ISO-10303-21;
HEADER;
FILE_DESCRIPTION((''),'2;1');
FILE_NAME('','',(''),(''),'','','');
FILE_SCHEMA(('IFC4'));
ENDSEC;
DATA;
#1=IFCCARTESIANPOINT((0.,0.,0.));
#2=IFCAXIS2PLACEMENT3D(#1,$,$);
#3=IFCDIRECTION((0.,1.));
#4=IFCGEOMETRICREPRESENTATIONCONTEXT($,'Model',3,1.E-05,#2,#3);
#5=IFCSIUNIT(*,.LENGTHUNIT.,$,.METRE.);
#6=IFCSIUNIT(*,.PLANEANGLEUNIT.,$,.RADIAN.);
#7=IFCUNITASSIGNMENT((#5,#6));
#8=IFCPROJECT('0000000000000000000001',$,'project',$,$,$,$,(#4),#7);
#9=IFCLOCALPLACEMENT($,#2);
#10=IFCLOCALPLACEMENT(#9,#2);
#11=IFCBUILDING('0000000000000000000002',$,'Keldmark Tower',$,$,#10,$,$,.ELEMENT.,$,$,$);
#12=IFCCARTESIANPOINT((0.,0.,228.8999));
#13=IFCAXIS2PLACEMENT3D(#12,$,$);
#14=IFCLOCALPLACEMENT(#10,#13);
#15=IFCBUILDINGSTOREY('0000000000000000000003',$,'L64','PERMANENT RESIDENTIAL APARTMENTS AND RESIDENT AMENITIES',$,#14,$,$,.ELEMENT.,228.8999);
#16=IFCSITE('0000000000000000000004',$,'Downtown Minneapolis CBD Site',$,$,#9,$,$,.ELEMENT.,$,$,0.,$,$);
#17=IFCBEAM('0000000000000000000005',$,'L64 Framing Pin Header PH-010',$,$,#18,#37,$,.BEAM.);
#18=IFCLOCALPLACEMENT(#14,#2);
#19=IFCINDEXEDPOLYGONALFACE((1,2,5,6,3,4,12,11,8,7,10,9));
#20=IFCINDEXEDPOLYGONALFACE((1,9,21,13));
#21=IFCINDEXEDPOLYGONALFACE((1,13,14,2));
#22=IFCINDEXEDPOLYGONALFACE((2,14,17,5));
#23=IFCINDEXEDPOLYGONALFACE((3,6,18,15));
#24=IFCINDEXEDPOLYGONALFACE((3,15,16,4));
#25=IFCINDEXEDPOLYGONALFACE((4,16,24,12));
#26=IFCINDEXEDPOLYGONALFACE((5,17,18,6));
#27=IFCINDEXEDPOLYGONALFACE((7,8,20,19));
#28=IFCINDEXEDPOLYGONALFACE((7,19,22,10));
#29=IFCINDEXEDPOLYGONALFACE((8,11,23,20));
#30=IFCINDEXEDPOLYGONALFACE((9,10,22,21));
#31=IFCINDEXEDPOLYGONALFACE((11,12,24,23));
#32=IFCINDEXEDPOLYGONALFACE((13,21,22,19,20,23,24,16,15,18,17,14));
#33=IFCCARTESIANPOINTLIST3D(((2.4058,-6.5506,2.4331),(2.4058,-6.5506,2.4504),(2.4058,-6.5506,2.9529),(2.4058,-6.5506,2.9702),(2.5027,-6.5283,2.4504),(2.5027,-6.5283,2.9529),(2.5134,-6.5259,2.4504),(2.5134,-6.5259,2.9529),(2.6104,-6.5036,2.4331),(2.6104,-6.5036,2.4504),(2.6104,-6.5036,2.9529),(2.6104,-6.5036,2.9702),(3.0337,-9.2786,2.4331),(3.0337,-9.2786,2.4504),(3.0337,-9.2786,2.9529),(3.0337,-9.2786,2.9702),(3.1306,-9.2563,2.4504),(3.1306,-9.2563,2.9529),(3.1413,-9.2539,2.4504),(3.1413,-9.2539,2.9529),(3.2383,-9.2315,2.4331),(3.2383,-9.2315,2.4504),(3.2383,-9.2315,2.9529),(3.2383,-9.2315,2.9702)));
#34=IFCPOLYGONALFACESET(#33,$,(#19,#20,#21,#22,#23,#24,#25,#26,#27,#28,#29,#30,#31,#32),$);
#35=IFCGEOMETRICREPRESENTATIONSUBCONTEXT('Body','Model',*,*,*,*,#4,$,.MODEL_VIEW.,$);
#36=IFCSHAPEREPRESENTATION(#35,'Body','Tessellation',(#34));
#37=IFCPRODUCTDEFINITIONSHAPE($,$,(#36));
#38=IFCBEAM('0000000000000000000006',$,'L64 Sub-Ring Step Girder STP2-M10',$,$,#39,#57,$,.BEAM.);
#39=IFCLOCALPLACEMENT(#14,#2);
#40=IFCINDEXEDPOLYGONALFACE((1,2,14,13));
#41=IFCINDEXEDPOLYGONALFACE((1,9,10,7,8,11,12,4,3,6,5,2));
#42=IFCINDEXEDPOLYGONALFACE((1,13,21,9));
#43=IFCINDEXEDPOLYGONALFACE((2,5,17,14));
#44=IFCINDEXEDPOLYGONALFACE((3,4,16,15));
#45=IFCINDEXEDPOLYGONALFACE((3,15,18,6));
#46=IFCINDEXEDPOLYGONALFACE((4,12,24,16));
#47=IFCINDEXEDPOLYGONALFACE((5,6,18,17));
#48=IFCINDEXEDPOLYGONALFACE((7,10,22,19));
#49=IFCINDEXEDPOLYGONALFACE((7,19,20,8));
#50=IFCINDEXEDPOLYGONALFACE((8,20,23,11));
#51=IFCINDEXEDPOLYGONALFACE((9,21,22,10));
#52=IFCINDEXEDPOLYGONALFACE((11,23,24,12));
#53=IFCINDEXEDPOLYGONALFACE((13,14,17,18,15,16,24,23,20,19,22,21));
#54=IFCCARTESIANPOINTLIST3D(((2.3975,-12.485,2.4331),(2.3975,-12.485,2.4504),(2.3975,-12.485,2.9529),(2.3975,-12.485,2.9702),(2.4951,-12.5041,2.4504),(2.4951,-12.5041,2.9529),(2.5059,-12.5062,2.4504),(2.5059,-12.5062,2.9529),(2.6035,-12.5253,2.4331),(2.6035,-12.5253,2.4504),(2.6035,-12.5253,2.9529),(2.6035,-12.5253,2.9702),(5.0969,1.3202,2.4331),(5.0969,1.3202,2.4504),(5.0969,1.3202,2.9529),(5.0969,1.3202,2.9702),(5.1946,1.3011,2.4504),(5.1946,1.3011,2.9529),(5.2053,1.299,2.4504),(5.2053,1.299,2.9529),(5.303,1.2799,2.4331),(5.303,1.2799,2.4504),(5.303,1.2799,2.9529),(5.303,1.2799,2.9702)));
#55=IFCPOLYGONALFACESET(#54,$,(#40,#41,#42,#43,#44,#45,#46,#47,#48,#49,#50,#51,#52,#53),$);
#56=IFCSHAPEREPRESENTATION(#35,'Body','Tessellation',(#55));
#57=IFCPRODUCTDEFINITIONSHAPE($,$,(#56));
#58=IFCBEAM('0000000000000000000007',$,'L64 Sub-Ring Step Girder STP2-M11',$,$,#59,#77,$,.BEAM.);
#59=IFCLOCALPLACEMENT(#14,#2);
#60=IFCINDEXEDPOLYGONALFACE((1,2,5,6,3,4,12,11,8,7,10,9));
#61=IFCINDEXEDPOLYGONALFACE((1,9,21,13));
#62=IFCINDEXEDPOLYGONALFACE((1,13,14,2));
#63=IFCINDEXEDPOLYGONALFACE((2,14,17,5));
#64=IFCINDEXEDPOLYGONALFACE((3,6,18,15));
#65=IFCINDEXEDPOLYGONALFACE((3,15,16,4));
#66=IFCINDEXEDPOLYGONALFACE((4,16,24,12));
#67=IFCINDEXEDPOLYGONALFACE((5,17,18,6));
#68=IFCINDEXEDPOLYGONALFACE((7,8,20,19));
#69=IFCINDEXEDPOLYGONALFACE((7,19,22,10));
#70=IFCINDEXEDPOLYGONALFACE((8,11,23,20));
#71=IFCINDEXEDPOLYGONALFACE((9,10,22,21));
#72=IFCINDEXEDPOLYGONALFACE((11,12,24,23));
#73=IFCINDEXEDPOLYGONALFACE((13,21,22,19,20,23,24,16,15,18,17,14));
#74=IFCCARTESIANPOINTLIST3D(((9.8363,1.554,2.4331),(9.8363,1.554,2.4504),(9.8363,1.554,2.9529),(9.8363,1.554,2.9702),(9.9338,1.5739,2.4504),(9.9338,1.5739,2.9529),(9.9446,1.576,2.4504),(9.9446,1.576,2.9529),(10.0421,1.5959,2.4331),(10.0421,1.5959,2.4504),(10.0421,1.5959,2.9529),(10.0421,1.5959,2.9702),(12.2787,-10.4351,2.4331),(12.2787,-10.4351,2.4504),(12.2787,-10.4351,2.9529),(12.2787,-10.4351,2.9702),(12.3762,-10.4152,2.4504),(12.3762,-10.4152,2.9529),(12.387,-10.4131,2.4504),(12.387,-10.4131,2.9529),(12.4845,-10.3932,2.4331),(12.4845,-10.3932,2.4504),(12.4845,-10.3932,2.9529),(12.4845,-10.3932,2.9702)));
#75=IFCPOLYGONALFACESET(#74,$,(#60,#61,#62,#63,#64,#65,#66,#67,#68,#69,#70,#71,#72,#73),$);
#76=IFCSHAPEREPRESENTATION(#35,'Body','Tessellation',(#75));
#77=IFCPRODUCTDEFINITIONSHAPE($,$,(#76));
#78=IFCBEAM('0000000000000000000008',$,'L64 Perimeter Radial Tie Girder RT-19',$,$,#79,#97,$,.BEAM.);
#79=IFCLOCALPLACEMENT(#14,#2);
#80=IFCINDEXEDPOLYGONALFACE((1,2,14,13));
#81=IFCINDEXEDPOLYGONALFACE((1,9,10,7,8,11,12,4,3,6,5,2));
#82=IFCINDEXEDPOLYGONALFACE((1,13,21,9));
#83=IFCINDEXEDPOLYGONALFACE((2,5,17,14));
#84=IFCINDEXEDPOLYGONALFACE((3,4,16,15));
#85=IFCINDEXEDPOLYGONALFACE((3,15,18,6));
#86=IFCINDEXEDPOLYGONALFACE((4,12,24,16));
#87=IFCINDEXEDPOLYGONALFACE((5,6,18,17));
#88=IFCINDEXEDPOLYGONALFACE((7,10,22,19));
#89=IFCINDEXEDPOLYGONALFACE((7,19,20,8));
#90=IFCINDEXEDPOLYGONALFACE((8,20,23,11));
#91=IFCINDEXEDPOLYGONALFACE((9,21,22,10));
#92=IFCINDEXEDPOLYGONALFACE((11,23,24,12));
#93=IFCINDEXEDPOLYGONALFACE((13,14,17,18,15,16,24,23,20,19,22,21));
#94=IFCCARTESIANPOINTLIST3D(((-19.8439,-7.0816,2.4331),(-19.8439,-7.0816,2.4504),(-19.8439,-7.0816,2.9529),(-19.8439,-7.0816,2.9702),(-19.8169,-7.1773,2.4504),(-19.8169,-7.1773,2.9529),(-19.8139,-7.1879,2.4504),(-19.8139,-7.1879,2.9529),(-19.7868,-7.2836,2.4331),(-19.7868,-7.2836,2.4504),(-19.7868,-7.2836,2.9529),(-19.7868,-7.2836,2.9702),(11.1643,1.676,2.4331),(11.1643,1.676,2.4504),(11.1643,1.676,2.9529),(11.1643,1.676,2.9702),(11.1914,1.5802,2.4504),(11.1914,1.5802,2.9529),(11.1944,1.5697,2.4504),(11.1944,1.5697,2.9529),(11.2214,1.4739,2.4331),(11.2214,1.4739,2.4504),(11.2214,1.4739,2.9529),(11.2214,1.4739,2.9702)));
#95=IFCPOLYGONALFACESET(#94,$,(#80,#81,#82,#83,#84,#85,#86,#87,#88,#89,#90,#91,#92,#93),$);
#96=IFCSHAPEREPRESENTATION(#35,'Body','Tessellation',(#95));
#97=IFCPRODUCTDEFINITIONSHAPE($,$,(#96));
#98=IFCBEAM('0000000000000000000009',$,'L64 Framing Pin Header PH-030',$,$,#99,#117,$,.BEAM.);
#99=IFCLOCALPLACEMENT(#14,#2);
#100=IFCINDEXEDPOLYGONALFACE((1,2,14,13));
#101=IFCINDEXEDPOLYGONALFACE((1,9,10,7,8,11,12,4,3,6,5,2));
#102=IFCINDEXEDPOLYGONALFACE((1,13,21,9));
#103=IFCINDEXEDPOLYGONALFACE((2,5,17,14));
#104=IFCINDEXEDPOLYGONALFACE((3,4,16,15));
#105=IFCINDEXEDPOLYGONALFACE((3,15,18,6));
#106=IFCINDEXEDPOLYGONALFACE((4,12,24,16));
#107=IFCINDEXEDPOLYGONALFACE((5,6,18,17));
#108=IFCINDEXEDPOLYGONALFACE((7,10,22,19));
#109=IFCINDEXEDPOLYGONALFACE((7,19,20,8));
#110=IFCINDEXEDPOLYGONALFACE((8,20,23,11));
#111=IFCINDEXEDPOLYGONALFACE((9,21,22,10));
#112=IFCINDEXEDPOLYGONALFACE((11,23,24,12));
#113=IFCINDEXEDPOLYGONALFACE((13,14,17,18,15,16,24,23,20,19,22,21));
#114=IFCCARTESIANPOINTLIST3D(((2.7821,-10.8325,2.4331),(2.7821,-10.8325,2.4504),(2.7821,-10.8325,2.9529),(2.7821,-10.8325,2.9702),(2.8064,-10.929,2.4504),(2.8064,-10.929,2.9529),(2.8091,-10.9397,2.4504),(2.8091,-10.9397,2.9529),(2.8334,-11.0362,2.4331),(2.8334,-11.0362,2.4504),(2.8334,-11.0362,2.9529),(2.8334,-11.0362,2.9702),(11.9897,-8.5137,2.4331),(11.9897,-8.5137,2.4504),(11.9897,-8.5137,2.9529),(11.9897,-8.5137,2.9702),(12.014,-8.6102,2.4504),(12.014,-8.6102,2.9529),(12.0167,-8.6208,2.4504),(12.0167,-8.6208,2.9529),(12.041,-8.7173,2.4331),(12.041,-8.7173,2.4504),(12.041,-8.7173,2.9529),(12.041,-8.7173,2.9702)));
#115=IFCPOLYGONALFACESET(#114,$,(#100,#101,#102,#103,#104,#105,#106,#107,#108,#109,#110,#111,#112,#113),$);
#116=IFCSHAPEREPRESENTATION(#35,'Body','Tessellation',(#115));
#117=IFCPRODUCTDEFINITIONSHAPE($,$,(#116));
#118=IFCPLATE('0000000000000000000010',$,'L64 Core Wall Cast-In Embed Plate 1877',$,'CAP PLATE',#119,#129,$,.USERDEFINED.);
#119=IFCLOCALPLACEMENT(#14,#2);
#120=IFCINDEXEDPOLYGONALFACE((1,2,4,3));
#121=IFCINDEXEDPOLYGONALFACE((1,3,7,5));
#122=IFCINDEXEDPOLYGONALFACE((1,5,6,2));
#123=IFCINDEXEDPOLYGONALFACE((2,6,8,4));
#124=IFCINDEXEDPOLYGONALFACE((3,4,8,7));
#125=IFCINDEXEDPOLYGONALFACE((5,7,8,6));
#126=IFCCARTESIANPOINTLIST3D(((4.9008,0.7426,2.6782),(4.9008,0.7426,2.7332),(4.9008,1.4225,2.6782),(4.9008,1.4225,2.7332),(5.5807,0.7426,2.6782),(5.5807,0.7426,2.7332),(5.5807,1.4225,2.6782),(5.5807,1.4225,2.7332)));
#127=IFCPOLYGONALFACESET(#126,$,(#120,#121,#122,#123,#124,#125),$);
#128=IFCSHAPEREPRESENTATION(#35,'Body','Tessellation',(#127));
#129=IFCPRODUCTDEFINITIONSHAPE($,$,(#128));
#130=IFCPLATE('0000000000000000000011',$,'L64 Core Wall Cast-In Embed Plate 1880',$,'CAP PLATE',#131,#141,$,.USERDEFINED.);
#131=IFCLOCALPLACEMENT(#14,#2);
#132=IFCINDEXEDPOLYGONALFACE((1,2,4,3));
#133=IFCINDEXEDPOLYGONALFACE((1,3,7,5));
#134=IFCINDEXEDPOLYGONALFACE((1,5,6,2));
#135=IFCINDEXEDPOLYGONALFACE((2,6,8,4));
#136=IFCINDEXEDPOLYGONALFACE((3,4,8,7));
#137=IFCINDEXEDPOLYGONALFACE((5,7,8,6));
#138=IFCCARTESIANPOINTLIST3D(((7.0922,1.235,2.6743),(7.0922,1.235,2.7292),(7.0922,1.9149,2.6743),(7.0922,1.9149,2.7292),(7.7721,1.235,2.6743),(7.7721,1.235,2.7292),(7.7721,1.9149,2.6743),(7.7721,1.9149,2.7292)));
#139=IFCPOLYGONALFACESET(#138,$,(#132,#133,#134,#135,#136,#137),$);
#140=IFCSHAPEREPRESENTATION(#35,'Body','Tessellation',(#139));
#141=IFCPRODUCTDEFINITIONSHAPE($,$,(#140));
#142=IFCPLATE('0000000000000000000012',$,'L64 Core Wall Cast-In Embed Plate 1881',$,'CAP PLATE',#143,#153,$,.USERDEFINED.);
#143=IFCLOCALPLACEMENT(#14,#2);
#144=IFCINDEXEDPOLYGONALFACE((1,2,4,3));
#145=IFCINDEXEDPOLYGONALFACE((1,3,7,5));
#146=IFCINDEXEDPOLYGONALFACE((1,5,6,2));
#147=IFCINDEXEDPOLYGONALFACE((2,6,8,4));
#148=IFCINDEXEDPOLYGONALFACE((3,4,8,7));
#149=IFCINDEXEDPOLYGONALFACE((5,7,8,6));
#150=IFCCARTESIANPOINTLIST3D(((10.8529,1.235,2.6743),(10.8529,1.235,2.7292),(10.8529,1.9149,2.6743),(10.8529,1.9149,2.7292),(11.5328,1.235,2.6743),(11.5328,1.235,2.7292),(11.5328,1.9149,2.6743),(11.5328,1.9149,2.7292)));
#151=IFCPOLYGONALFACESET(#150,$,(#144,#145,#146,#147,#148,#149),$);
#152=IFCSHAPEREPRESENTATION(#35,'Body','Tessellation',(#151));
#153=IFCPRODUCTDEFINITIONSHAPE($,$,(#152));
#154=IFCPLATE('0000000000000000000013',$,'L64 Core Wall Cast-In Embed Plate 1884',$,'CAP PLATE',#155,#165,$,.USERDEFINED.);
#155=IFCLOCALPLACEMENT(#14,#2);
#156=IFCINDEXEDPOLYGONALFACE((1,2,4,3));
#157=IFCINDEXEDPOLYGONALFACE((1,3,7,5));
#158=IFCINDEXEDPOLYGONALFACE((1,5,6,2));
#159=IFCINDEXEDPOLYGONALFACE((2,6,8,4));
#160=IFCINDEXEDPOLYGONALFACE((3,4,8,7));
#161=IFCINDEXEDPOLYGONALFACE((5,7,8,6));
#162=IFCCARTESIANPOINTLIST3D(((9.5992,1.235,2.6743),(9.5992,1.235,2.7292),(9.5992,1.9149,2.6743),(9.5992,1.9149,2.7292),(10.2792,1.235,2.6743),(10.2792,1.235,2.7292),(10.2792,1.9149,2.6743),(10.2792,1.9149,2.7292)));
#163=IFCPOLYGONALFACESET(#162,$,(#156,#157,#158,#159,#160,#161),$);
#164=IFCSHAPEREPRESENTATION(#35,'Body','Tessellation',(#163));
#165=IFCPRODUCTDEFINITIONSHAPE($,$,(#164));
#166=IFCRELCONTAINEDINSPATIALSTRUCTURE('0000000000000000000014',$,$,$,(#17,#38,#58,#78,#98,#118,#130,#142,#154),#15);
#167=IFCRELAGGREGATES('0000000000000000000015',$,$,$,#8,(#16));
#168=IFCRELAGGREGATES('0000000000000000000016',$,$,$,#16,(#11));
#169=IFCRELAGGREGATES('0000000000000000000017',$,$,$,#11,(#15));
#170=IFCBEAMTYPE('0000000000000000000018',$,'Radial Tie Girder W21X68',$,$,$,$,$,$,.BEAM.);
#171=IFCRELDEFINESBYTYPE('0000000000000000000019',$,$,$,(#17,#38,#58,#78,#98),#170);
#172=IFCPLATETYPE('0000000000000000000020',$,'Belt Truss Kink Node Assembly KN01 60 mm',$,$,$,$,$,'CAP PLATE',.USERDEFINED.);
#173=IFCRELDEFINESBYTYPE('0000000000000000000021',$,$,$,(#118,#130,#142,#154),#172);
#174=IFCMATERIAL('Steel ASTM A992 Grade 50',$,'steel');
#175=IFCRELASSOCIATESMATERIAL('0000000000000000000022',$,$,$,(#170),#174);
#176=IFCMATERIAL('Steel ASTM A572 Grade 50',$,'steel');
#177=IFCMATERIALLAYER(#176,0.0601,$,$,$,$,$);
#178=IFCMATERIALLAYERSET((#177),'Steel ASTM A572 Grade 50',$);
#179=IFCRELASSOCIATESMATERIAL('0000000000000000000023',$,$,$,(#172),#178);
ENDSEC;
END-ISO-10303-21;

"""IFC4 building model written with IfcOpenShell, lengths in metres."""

from ifc_helpers import new_model, si_unit, direction, frame, origin, origin_2d, place, context, subcontext, project, spatial, rectangle, i_section, extrude, material, layer, layer_set, material_profile, profile_set, type_object, element, save


model = new_model("IFC4")

# Units and contexts
model_context = context("Model", 3, precision=1e-05, world=origin(), true_north=direction((0.0, 1.0)))
body_context = subcontext(model_context, "Body", "Model", "MODEL_VIEW")
ifc_project = project(units=[si_unit("LENGTHUNIT", "METRE"), si_unit("PLANEANGLEUNIT", "RADIAN")], contexts=[model_context])

# Site, building, storey
site_placement = place(None, origin())
site = spatial("IfcSite", under=ifc_project, at=site_placement, Name="Downtown Minneapolis CBD Site", CompositionType="ELEMENT", RefElevation=0.0)
building_placement = place(site_placement, origin())
building = spatial("IfcBuilding", under=site, at=building_placement, Name="Keldmark Tower", CompositionType="ELEMENT")
storey_placement = place(building_placement, frame((0.0, 0.0, 228.8999)))
storey = spatial("IfcBuildingStorey", under=building, at=storey_placement, Name="L64", Description="PERMANENT RESIDENTIAL APARTMENTS AND RESIDENT AMENITIES", CompositionType="ELEMENT", Elevation=228.8999)

# Beams
ifc_material_1 = material(Name="Steel ASTM A992 Grade 50", Category="steel")
ifc_material_profile_1 = material_profile(ifc_material_1, i_section(OverallWidth=0.21, OverallDepth=0.5371, WebThickness=0.011, FlangeThickness=0.0173, at=origin_2d()), Name="W21X68")
ifc_profile_set_1 = profile_set([ifc_material_profile_1], Name="Steel ASTM A992 Grade 50")
beam_type_1 = type_object("IfcBeamType", Name="Radial Tie Girder W21X68", PredefinedType="BEAM", material=ifc_profile_set_1)
beam_1_placement = place(storey_placement, frame((2.5081, -6.5271, 2.7017), z_axis=(0.224312, -0.974517, 0.0), x_axis=(0.974517, 0.224312, 0.0)))
element("IfcBeam", 1, at=beam_1_placement, inside=storey, type_object=beam_type_1, Name="L64 Framing Pin Header PH-010", PredefinedType="BEAM", context=body_context, shape_type="SweptSolid", body=[
    extrude(i_section(OverallWidth=0.21, OverallDepth=0.5371, WebThickness=0.011, FlangeThickness=0.0173, at=origin_2d()), origin(), (0.0, 0.0, 1.0), 2.7993),
])
beam_2_placement = place(storey_placement, frame((5.2, 1.3, 2.7017), z_axis=(-0.191905, -0.981413, 0.0), x_axis=(0.981413, -0.191905, 0.0)))
element("IfcBeam", 2, at=beam_2_placement, inside=storey, type_object=beam_type_1, Name="L64 Sub-Ring Step Girder STP2-M10", PredefinedType="BEAM", context=body_context, shape_type="SweptSolid", body=[
    extrude(i_section(OverallWidth=0.21, OverallDepth=0.5371, WebThickness=0.011, FlangeThickness=0.0173, at=origin_2d()), origin(), (0.0, 0.0, 1.0), 14.0667),
])
beam_3_placement = place(storey_placement, frame((9.9392, 1.575, 2.7017), z_axis=(0.199618, -0.979874, 0.0), x_axis=(0.979874, 0.199618, 0.0)))
element("IfcBeam", 3, at=beam_3_placement, inside=storey, type_object=beam_type_1, Name="L64 Sub-Ring Step Girder STP2-M11", PredefinedType="BEAM", context=body_context, shape_type="SweptSolid", body=[
    extrude(i_section(OverallWidth=0.21, OverallDepth=0.5371, WebThickness=0.011, FlangeThickness=0.0173, at=origin_2d()), origin(), (0.0, 0.0, 1.0), 12.2354),
])
beam_4_placement = place(storey_placement, frame((11.1929, 1.575, 2.7017), z_axis=(-0.962355, -0.271795, 0.0), x_axis=(0.271795, -0.962355, 0.0)))
element("IfcBeam", 4, at=beam_4_placement, inside=storey, type_object=beam_type_1, Name="L64 Perimeter Radial Tie Girder RT-19", PredefinedType="BEAM", context=body_context, shape_type="SweptSolid", body=[
    extrude(i_section(OverallWidth=0.21, OverallDepth=0.5371, WebThickness=0.011, FlangeThickness=0.0173, at=origin_2d()), origin(), (0.0, 0.0, 1.0), 32.2212),
])
beam_5_placement = place(storey_placement, frame((12.0154, -8.6155, 2.7017), z_axis=(-0.969721, -0.244217, 0.0), x_axis=(0.244217, -0.969721, 0.0)))
element("IfcBeam", 5, at=beam_5_placement, inside=storey, type_object=beam_type_1, Name="L64 Framing Pin Header PH-030", PredefinedType="BEAM", context=body_context, shape_type="SweptSolid", body=[
    extrude(i_section(OverallWidth=0.21, OverallDepth=0.5371, WebThickness=0.011, FlangeThickness=0.0173, at=origin_2d()), origin(), (0.0, 0.0, 1.0), 9.4951),
])

# Plates
ifc_material_2 = material(Name="Steel ASTM A572 Grade 50", Category="steel")
ifc_layer_1 = layer(ifc_material_2, 0.0601)
ifc_layer_set_1 = layer_set([ifc_layer_1], Name="Steel ASTM A572 Grade 50")
plate_type = type_object("IfcPlateType", Name="Belt Truss Kink Node Assembly KN01 60 mm", ElementType="CAP PLATE", PredefinedType="USERDEFINED", material=ifc_layer_set_1)
for number, where, z_axis, x_axis, name in (
    (6, (5.2407, 1.0825, 2.6782), (0.0, 0.0, 1.0), (1.0, 0.0, 0.0), "L64 Core Wall Cast-In Embed Plate 1877"),
    (7, (7.4321, 1.575, 2.6743), (0.0, 0.0, 1.0), (1.0, 0.0, 0.0), "L64 Core Wall Cast-In Embed Plate 1880"),
    (8, (11.1929, 1.575, 2.6743), (0.0, 0.0, 1.0), (1.0, 0.0, 0.0), "L64 Core Wall Cast-In Embed Plate 1881"),
    (9, (9.9392, 1.575, 2.6743), (0.0, 0.0, 1.0), (1.0, 0.0, 0.0), "L64 Core Wall Cast-In Embed Plate 1884"),
):
    element("IfcPlate", number, at=place(storey_placement, frame(where, z_axis=z_axis, x_axis=x_axis)), inside=storey, type_object=plate_type, Name=name, ObjectType="CAP PLATE", PredefinedType="USERDEFINED", context=body_context, shape_type="SweptSolid", body=[
        extrude(rectangle(XDim=0.6799, YDim=0.6799, at=origin_2d()), origin(), (0.0, 0.0, 1.0), 0.0549),
    ])

save(model, "model.ifc")
